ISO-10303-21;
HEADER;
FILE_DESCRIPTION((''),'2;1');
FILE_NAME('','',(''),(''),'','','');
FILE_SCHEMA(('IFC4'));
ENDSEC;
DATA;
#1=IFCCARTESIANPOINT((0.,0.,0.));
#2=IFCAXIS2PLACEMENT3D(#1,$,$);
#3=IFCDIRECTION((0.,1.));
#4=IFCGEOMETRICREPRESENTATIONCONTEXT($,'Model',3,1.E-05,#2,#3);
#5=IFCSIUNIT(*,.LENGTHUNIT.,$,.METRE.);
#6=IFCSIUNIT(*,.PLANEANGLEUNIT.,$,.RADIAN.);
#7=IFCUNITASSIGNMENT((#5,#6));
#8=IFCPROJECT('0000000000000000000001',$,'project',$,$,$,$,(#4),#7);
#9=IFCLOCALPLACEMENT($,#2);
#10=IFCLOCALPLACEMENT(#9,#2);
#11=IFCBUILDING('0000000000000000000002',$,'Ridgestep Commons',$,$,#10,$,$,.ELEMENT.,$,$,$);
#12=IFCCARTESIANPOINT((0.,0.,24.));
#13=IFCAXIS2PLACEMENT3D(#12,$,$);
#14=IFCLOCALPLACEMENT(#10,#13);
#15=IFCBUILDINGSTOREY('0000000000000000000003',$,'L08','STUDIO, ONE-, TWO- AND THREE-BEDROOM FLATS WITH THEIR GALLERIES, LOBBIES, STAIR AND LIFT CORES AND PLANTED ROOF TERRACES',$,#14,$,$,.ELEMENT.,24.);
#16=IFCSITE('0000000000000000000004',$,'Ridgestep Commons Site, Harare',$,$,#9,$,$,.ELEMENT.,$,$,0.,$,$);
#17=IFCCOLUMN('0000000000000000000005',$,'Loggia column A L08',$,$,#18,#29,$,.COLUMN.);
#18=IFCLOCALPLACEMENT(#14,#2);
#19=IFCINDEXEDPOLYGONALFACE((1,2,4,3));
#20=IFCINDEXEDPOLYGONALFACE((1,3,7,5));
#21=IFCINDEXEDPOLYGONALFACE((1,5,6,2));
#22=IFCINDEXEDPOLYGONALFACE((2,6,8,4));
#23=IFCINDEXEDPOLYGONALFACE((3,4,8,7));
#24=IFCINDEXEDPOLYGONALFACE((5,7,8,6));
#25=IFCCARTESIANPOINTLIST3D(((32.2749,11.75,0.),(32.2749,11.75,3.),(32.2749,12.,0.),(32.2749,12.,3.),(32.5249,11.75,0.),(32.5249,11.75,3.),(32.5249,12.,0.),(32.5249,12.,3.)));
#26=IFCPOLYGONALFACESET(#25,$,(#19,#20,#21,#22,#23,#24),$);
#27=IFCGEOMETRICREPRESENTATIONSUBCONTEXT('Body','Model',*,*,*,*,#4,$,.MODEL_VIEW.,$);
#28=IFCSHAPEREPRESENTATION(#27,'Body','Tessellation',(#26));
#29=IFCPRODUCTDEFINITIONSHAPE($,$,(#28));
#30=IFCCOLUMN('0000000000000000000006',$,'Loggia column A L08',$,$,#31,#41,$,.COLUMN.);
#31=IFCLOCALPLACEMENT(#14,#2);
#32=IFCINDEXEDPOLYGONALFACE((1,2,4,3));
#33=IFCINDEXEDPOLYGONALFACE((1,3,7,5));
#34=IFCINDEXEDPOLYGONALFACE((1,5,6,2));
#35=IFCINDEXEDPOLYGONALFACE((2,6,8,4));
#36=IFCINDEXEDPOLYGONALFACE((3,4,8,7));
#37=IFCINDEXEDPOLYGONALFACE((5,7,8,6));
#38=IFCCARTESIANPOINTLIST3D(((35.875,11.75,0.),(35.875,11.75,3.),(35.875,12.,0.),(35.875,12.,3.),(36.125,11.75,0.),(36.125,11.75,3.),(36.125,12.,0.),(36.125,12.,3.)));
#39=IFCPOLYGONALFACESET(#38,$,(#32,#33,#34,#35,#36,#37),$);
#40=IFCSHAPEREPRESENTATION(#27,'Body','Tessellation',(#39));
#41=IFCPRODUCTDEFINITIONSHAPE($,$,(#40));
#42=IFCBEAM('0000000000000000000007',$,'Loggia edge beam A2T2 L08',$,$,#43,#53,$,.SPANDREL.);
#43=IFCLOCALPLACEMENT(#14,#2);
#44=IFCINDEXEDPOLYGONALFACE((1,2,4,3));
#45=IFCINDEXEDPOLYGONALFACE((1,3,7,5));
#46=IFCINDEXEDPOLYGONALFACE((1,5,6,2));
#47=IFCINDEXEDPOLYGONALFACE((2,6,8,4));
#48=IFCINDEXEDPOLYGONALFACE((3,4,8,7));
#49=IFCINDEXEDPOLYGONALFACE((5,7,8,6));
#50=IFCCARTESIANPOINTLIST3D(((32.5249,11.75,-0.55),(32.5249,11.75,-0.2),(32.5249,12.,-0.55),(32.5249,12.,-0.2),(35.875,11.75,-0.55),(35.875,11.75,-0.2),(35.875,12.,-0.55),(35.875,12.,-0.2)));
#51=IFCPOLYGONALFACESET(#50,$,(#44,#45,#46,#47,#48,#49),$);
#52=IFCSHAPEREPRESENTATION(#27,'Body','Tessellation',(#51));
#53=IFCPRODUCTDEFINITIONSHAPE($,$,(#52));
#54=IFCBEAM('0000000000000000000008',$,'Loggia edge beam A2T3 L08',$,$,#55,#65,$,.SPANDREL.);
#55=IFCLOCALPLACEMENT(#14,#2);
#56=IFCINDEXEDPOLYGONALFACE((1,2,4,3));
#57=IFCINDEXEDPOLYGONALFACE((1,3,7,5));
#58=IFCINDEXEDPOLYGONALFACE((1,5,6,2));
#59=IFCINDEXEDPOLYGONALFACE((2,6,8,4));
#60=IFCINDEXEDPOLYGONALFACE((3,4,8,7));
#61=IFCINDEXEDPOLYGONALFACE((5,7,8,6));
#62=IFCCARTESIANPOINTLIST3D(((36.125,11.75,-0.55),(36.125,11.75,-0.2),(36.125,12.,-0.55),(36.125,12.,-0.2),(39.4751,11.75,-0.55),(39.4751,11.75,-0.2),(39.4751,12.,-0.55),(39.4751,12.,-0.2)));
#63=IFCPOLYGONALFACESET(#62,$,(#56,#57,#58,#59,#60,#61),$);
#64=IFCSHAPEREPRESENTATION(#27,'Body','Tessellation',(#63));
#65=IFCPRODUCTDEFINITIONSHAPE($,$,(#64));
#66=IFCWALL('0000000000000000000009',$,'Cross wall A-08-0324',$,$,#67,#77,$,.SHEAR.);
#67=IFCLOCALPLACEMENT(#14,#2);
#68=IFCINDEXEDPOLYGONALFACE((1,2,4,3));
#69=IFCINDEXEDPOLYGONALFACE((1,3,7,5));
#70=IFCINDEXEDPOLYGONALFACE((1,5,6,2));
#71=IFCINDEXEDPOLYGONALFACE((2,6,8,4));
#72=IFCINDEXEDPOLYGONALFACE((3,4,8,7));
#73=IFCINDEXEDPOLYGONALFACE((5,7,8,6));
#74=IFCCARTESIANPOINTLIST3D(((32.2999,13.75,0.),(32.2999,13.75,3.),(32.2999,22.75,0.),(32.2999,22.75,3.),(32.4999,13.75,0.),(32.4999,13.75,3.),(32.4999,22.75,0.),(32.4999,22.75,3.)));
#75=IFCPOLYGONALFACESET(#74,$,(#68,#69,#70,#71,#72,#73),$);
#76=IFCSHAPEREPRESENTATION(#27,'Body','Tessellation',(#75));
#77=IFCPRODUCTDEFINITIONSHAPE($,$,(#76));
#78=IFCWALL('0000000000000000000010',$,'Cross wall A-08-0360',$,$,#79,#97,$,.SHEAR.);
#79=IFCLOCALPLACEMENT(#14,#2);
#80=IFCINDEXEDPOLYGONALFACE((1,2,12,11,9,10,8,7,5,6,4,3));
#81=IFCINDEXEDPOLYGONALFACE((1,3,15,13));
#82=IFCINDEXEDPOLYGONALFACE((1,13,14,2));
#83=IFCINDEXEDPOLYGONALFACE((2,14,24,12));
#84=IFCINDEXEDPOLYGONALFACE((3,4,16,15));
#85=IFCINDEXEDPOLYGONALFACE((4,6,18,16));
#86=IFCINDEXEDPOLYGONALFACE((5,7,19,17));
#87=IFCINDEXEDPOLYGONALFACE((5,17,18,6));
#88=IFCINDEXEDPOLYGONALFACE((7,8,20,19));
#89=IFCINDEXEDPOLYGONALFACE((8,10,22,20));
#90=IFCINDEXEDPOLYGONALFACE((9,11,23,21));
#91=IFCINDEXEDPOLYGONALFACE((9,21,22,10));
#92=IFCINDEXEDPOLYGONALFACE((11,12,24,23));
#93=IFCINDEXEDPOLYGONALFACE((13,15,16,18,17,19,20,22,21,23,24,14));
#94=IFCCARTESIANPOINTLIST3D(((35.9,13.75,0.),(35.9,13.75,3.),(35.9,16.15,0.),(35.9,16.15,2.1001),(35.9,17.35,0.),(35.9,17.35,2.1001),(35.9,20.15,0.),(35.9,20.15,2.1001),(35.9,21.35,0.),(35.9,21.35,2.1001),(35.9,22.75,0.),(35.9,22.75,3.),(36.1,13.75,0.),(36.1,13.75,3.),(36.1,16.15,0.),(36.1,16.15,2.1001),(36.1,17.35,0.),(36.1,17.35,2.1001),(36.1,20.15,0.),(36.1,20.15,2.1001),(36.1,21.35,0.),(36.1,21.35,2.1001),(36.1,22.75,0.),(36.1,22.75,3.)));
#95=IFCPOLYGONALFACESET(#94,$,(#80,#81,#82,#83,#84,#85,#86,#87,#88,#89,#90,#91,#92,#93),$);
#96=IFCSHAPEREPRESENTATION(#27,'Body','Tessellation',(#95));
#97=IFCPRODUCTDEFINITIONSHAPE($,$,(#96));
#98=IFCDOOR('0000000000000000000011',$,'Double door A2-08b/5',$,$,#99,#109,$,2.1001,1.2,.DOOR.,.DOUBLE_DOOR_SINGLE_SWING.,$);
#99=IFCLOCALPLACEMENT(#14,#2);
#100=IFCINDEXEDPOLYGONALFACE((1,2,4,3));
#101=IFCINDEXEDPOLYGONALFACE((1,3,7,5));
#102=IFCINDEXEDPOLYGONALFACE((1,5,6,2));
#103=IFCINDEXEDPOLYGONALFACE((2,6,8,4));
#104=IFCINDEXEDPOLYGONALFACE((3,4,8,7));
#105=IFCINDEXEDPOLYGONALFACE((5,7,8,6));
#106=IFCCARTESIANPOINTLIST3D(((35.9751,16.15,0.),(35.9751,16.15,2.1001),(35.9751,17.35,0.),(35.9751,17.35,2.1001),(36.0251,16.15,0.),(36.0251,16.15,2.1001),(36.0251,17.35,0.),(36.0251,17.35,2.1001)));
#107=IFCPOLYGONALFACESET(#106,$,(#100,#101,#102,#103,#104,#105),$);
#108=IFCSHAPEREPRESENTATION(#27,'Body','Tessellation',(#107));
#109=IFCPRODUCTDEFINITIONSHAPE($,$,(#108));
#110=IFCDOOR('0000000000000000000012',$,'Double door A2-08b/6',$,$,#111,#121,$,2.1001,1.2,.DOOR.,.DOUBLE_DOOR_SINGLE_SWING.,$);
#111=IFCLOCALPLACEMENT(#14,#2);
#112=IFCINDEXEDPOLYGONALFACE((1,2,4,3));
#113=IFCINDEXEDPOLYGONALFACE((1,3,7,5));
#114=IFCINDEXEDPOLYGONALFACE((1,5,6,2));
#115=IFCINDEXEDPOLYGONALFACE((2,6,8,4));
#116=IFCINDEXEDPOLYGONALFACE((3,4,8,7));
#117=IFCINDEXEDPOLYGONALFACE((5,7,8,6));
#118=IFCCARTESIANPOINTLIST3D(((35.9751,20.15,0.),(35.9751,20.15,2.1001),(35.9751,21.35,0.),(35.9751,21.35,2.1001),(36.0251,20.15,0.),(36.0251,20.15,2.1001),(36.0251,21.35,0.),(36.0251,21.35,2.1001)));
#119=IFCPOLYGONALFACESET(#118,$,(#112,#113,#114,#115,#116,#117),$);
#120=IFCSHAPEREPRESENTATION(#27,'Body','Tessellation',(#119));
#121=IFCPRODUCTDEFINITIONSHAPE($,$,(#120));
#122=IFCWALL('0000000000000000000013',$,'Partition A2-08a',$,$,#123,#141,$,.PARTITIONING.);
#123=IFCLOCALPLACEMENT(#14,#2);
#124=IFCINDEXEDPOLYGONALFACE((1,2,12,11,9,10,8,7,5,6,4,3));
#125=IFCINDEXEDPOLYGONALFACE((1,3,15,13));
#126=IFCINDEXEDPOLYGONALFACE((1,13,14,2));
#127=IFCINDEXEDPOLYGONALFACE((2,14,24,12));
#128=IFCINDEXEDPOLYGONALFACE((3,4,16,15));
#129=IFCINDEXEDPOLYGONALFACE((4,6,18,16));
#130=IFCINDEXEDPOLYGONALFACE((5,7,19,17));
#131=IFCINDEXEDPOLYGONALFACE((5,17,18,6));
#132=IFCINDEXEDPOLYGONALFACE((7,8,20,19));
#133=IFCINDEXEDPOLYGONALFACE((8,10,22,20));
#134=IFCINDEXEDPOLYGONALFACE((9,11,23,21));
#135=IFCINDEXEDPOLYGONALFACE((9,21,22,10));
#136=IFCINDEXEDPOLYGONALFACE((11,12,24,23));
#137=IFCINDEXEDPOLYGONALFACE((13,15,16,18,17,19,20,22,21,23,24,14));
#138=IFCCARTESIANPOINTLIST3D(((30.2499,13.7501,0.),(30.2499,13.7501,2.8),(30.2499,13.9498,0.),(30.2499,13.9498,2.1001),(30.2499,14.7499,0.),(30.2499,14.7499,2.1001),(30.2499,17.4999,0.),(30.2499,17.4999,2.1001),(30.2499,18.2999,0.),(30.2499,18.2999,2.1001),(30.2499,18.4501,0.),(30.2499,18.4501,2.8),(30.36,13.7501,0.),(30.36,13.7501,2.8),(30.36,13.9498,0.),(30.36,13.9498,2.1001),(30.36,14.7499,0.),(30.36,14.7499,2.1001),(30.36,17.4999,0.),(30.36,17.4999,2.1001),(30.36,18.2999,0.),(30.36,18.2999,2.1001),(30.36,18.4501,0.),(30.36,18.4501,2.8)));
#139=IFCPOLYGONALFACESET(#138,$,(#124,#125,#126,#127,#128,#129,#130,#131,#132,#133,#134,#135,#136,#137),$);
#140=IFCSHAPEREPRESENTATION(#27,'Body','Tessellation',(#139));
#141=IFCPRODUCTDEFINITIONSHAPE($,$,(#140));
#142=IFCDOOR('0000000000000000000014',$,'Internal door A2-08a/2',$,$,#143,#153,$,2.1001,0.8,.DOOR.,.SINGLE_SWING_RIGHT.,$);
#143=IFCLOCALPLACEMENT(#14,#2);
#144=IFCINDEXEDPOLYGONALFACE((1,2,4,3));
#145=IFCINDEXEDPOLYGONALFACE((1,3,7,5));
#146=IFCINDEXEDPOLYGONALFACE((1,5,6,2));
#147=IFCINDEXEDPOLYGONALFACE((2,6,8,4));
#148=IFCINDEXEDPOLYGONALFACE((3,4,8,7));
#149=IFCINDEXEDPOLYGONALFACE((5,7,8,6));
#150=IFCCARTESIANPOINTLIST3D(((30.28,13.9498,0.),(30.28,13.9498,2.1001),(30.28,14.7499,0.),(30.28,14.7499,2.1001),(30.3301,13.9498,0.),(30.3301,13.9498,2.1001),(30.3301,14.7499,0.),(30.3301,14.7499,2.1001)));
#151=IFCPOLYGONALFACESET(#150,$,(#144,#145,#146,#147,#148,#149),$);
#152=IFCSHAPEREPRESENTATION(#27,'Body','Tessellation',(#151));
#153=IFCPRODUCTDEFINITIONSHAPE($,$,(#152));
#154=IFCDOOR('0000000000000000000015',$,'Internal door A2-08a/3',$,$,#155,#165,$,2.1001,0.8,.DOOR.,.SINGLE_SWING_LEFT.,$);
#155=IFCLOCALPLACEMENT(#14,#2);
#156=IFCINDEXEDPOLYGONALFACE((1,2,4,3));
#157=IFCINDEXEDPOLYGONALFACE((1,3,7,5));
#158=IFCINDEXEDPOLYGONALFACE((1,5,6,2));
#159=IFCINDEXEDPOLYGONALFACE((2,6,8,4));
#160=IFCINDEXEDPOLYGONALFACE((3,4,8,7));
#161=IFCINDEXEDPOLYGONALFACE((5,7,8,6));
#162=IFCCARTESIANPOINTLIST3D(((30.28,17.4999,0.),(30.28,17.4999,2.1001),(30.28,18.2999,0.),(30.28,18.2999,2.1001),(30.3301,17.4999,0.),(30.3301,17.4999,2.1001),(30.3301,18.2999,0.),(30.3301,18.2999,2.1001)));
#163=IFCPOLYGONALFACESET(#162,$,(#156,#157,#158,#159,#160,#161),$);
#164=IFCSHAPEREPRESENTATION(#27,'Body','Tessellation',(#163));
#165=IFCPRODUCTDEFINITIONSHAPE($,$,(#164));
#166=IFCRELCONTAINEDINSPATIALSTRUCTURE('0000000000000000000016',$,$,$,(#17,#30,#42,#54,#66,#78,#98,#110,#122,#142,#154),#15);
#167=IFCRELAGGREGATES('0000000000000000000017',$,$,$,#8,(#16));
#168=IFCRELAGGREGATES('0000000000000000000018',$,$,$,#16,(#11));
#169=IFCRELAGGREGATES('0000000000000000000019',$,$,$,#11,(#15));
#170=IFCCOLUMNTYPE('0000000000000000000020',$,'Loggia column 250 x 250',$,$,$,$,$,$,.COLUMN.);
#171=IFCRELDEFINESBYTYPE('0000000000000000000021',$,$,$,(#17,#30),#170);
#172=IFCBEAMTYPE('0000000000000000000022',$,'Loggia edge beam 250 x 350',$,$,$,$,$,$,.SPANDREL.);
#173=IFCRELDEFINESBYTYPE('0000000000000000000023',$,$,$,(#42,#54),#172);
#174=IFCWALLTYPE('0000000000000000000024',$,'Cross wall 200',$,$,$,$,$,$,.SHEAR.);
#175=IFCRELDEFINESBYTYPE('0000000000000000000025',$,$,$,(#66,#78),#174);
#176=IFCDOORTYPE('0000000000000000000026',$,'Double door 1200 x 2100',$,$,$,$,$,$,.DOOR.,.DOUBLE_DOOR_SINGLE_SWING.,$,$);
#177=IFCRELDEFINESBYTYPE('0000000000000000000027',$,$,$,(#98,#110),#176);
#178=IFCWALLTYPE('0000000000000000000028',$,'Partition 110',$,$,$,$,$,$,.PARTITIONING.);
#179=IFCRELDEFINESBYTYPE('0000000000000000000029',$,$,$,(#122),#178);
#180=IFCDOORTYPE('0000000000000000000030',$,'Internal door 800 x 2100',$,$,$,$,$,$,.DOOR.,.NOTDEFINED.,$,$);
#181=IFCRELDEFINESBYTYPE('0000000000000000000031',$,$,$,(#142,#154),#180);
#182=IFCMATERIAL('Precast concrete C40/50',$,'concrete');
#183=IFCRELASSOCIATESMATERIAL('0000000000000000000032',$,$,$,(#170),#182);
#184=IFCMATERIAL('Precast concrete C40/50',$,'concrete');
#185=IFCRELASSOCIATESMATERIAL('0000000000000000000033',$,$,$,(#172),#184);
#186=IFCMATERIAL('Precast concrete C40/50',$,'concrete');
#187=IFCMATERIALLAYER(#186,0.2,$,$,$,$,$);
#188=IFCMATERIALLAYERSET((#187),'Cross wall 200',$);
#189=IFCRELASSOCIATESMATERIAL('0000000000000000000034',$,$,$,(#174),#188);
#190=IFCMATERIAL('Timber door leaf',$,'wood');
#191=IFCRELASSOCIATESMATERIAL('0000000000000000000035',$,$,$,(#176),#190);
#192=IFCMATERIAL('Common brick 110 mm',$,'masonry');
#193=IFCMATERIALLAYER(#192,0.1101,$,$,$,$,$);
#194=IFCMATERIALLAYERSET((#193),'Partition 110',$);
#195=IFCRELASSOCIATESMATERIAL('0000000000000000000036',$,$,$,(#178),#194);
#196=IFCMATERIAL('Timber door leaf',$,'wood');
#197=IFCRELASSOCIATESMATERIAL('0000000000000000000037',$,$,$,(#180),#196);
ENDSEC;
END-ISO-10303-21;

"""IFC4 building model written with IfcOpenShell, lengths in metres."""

from ifc_helpers import new_model, si_unit, direction, frame, frame_2d, origin, origin_2d, place, context, subcontext, project, spatial, rectangle, extrude, material, layer, layer_set, material_profile, profile_set, type_object, element, fill, save


model = new_model("IFC4")

# Units and contexts
model_context = context("Model", 3, precision=1e-05, world=origin(), true_north=direction((0.0, 1.0)))
body_context = subcontext(model_context, "Body", "Model", "MODEL_VIEW")
ifc_project = project(units=[si_unit("LENGTHUNIT", "METRE"), si_unit("PLANEANGLEUNIT", "RADIAN")], contexts=[model_context])

# Site, building, storey
site_placement = place(None, origin())
site = spatial("IfcSite", under=ifc_project, at=site_placement, Name="Ridgestep Commons Site, Harare", CompositionType="ELEMENT", RefElevation=0.0)
building_placement = place(site_placement, origin())
building = spatial("IfcBuilding", under=site, at=building_placement, Name="Ridgestep Commons", CompositionType="ELEMENT")
storey_placement = place(building_placement, frame((0.0, 0.0, 24.0)))
storey = spatial("IfcBuildingStorey", under=building, at=storey_placement, Name="L08", Description="STUDIO, ONE-, TWO- AND THREE-BEDROOM FLATS WITH THEIR GALLERIES, LOBBIES, STAIR AND LIFT CORES AND PLANTED ROOF TERRACES", CompositionType="ELEMENT", Elevation=24.0)

# Columns
ifc_material_1 = material(Name="Precast concrete C40/50", Category="concrete")
ifc_material_profile_1 = material_profile(ifc_material_1, rectangle(XDim=0.25, YDim=0.25, at=origin_2d()), Name="PC 250x250")
ifc_profile_set_1 = profile_set([ifc_material_profile_1], Name="Precast concrete C40/50")
column_type = type_object("IfcColumnType", Name="Loggia column 250 x 250", PredefinedType="COLUMN", material=ifc_profile_set_1)
for number, where, z_axis, x_axis, name in (
    (1, (32.3999, 11.875, 0.0), (0.0, 0.0, 1.0), (1.0, 0.0, 0.0), "Loggia column A L08"),
    (2, (36.0, 11.875, 0.0), (0.0, 0.0, 1.0), (1.0, 0.0, 0.0), "Loggia column A L08"),
):
    element("IfcColumn", number, at=place(storey_placement, frame(where, z_axis=z_axis, x_axis=x_axis)), inside=storey, type_object=column_type, Name=name, PredefinedType="COLUMN", context=body_context, shape_type="SweptSolid", body=[
        extrude(rectangle(XDim=0.25, YDim=0.25, at=origin_2d()), origin(), (0.0, 0.0, 1.0), 3.0),
    ])

# Beams
ifc_material_2 = material(Name="Precast concrete C40/50", Category="concrete")
ifc_material_profile_2 = material_profile(ifc_material_2, rectangle(XDim=0.25, YDim=0.3501, at=origin_2d()), Name="PC 250x350")
ifc_profile_set_2 = profile_set([ifc_material_profile_2], Name="Precast concrete C40/50")
beam_type = type_object("IfcBeamType", Name="Loggia edge beam 250 x 350", PredefinedType="SPANDREL", material=ifc_profile_set_2)
for number, where, z_axis, x_axis, name in (
    (3, (32.5249, 11.875, -0.375), (1.0, 0.0, 0.0), (0.0, 1.0, 0.0), "Loggia edge beam A2T2 L08"),
    (4, (36.125, 11.875, -0.375), (1.0, 0.0, 0.0), (0.0, 1.0, 0.0), "Loggia edge beam A2T3 L08"),
):
    element("IfcBeam", number, at=place(storey_placement, frame(where, z_axis=z_axis, x_axis=x_axis)), inside=storey, type_object=beam_type, Name=name, PredefinedType="SPANDREL", context=body_context, shape_type="SweptSolid", body=[
        extrude(rectangle(XDim=0.25, YDim=0.3501, at=origin_2d()), origin(), (0.0, 0.0, 1.0), 3.3501),
    ])

# Wall
ifc_material_3 = material(Name="Precast concrete C40/50", Category="concrete")
ifc_layer_1 = layer(ifc_material_3, 0.2)
ifc_layer_set_1 = layer_set([ifc_layer_1], Name="Cross wall 200")
wall_type_1 = type_object("IfcWallType", Name="Cross wall 200", PredefinedType="SHEAR", material=ifc_layer_set_1)
wall_1_placement = place(storey_placement, frame((32.3999, 13.75, 0.0), z_axis=(0.0, 0.0, 1.0), x_axis=(0.0, 1.0, 0.0)))
element("IfcWall", 5, at=wall_1_placement, inside=storey, type_object=wall_type_1, Name="Cross wall A-08-0324", PredefinedType="SHEAR", context=body_context, shape_type="SweptSolid", body=[
    extrude(rectangle(XDim=9.0, YDim=0.2, at=frame_2d((4.5, 0.0))), origin(), (0.0, 0.0, 1.0), 3.0),
])

# Walls, openings, doors
wall_2_placement = place(storey_placement, frame((36.0, 13.75, 0.0), z_axis=(0.0, 0.0, 1.0), x_axis=(0.0, 1.0, 0.0)))
wall_2 = element("IfcWall", 6, at=wall_2_placement, inside=storey, type_object=wall_type_1, Name="Cross wall A-08-0360", PredefinedType="SHEAR", context=body_context, shape_type="SweptSolid", body=[
    extrude(rectangle(XDim=9.0, YDim=0.2, at=frame_2d((4.5, 0.0))), origin(), (0.0, 0.0, 1.0), 3.0),
])
opening_1_placement = place(wall_2_placement, frame((2.3999, 0.0, 0.0)))
opening_1 = element("IfcOpeningElement", 7, at=opening_1_placement, cuts=wall_2, PredefinedType="OPENING", context=body_context, shape_type="SweptSolid", body=[
    extrude(rectangle(XDim=1.2, YDim=2.1001, at=frame_2d((0.6001, 1.05))), frame((0.0, 0.1099, 0.0), z_axis=(0.0, -1.0, 0.0), x_axis=(1.0, 0.0, 0.0)), (0.0, 0.0, 1.0), 0.22),
])
opening_2_placement = place(wall_2_placement, frame((6.3999, 0.0, 0.0)))
opening_2 = element("IfcOpeningElement", 8, at=opening_2_placement, cuts=wall_2, PredefinedType="OPENING", context=body_context, shape_type="SweptSolid", body=[
    extrude(rectangle(XDim=1.2, YDim=2.1001, at=frame_2d((0.6001, 1.05))), frame((0.0, 0.1099, 0.0), z_axis=(0.0, -1.0, 0.0), x_axis=(1.0, 0.0, 0.0)), (0.0, 0.0, 1.0), 0.22),
])
ifc_material_4 = material(Name="Timber door leaf", Category="wood")
door_type_1 = type_object("IfcDoorType", Name="Double door 1200 x 2100", OperationType="DOUBLE_DOOR_SINGLE_SWING", PredefinedType="DOOR", material=ifc_material_4)
door_1_placement = place(opening_1_placement, origin())
door_1 = element("IfcDoor", 9, at=door_1_placement, inside=storey, type_object=door_type_1, Name="Double door A2-08b/5", OperationType="DOUBLE_DOOR_SINGLE_SWING", OverallHeight=2.1001, OverallWidth=1.2, PredefinedType="DOOR", context=body_context, shape_type="SweptSolid", body=[
    extrude(rectangle(XDim=1.2, YDim=2.1001, at=frame_2d((0.6001, 1.05))), frame((0.0, 0.0249, 0.0), z_axis=(0.0, -1.0, 0.0), x_axis=(1.0, 0.0, 0.0)), (0.0, 0.0, 1.0), 0.05),
])
fill(opening_1, door_1)
door_2_placement = place(opening_2_placement, origin())
door_2 = element("IfcDoor", 10, at=door_2_placement, inside=storey, type_object=door_type_1, Name="Double door A2-08b/6", OperationType="DOUBLE_DOOR_SINGLE_SWING", OverallHeight=2.1001, OverallWidth=1.2, PredefinedType="DOOR", context=body_context, shape_type="SweptSolid", body=[
    extrude(rectangle(XDim=1.2, YDim=2.1001, at=frame_2d((0.6001, 1.05))), frame((0.0, 0.0249, 0.0), z_axis=(0.0, -1.0, 0.0), x_axis=(1.0, 0.0, 0.0)), (0.0, 0.0, 1.0), 0.05),
])
fill(opening_2, door_2)
ifc_material_5 = material(Name="Common brick 110 mm", Category="masonry")
ifc_layer_2 = layer(ifc_material_5, 0.1101)
ifc_layer_set_2 = layer_set([ifc_layer_2], Name="Partition 110")
wall_type_2 = type_object("IfcWallType", Name="Partition 110", PredefinedType="PARTITIONING", material=ifc_layer_set_2)
wall_3_placement = place(storey_placement, frame((30.3049, 13.75, 0.0), z_axis=(0.0, 0.0, 1.0), x_axis=(0.0, 1.0, 0.0)))
wall_3 = element("IfcWall", 11, at=wall_3_placement, inside=storey, type_object=wall_type_2, Name="Partition A2-08a", PredefinedType="PARTITIONING", context=body_context, shape_type="SweptSolid", body=[
    extrude(rectangle(XDim=4.7, YDim=0.1101, at=frame_2d((2.3501, 0.0))), origin(), (0.0, 0.0, 1.0), 2.8),
])
opening_3_placement = place(wall_3_placement, frame((0.2, 0.0, 0.0)))
opening_3 = element("IfcOpeningElement", 12, at=opening_3_placement, cuts=wall_3, PredefinedType="OPENING", context=body_context, shape_type="SweptSolid", body=[
    extrude(rectangle(XDim=0.8, YDim=2.1001, at=frame_2d((0.3999, 1.05))), frame((0.0, 0.0649, 0.0), z_axis=(0.0, -1.0, 0.0), x_axis=(1.0, 0.0, 0.0)), (0.0, 0.0, 1.0), 0.1301),
])
opening_4_placement = place(wall_3_placement, frame((3.75, 0.0, 0.0)))
opening_4 = element("IfcOpeningElement", 13, at=opening_4_placement, cuts=wall_3, PredefinedType="OPENING", context=body_context, shape_type="SweptSolid", body=[
    extrude(rectangle(XDim=0.8, YDim=2.1001, at=frame_2d((0.3999, 1.05))), frame((0.0, 0.0649, 0.0), z_axis=(0.0, -1.0, 0.0), x_axis=(1.0, 0.0, 0.0)), (0.0, 0.0, 1.0), 0.1301),
])
ifc_material_6 = material(Name="Timber door leaf", Category="wood")
door_type_2 = type_object("IfcDoorType", Name="Internal door 800 x 2100", OperationType="NOTDEFINED", PredefinedType="DOOR", material=ifc_material_6)
door_3_placement = place(opening_3_placement, origin())
door_3 = element("IfcDoor", 14, at=door_3_placement, inside=storey, type_object=door_type_2, Name="Internal door A2-08a/2", OperationType="SINGLE_SWING_RIGHT", OverallHeight=2.1001, OverallWidth=0.8, PredefinedType="DOOR", context=body_context, shape_type="SweptSolid", body=[
    extrude(rectangle(XDim=0.8, YDim=2.1001, at=frame_2d((0.3999, 1.05))), frame((0.0, 0.0249, 0.0), z_axis=(0.0, -1.0, 0.0), x_axis=(1.0, 0.0, 0.0)), (0.0, 0.0, 1.0), 0.05),
])
fill(opening_3, door_3)
door_4_placement = place(opening_4_placement, origin())
door_4 = element("IfcDoor", 15, at=door_4_placement, inside=storey, type_object=door_type_2, Name="Internal door A2-08a/3", OperationType="SINGLE_SWING_LEFT", OverallHeight=2.1001, OverallWidth=0.8, PredefinedType="DOOR", context=body_context, shape_type="SweptSolid", body=[
    extrude(rectangle(XDim=0.8, YDim=2.1001, at=frame_2d((0.3999, 1.05))), frame((0.0, 0.0249, 0.0), z_axis=(0.0, -1.0, 0.0), x_axis=(1.0, 0.0, 0.0)), (0.0, 0.0, 1.0), 0.05),
])
fill(opening_4, door_4)

save(model, "model.ifc")
